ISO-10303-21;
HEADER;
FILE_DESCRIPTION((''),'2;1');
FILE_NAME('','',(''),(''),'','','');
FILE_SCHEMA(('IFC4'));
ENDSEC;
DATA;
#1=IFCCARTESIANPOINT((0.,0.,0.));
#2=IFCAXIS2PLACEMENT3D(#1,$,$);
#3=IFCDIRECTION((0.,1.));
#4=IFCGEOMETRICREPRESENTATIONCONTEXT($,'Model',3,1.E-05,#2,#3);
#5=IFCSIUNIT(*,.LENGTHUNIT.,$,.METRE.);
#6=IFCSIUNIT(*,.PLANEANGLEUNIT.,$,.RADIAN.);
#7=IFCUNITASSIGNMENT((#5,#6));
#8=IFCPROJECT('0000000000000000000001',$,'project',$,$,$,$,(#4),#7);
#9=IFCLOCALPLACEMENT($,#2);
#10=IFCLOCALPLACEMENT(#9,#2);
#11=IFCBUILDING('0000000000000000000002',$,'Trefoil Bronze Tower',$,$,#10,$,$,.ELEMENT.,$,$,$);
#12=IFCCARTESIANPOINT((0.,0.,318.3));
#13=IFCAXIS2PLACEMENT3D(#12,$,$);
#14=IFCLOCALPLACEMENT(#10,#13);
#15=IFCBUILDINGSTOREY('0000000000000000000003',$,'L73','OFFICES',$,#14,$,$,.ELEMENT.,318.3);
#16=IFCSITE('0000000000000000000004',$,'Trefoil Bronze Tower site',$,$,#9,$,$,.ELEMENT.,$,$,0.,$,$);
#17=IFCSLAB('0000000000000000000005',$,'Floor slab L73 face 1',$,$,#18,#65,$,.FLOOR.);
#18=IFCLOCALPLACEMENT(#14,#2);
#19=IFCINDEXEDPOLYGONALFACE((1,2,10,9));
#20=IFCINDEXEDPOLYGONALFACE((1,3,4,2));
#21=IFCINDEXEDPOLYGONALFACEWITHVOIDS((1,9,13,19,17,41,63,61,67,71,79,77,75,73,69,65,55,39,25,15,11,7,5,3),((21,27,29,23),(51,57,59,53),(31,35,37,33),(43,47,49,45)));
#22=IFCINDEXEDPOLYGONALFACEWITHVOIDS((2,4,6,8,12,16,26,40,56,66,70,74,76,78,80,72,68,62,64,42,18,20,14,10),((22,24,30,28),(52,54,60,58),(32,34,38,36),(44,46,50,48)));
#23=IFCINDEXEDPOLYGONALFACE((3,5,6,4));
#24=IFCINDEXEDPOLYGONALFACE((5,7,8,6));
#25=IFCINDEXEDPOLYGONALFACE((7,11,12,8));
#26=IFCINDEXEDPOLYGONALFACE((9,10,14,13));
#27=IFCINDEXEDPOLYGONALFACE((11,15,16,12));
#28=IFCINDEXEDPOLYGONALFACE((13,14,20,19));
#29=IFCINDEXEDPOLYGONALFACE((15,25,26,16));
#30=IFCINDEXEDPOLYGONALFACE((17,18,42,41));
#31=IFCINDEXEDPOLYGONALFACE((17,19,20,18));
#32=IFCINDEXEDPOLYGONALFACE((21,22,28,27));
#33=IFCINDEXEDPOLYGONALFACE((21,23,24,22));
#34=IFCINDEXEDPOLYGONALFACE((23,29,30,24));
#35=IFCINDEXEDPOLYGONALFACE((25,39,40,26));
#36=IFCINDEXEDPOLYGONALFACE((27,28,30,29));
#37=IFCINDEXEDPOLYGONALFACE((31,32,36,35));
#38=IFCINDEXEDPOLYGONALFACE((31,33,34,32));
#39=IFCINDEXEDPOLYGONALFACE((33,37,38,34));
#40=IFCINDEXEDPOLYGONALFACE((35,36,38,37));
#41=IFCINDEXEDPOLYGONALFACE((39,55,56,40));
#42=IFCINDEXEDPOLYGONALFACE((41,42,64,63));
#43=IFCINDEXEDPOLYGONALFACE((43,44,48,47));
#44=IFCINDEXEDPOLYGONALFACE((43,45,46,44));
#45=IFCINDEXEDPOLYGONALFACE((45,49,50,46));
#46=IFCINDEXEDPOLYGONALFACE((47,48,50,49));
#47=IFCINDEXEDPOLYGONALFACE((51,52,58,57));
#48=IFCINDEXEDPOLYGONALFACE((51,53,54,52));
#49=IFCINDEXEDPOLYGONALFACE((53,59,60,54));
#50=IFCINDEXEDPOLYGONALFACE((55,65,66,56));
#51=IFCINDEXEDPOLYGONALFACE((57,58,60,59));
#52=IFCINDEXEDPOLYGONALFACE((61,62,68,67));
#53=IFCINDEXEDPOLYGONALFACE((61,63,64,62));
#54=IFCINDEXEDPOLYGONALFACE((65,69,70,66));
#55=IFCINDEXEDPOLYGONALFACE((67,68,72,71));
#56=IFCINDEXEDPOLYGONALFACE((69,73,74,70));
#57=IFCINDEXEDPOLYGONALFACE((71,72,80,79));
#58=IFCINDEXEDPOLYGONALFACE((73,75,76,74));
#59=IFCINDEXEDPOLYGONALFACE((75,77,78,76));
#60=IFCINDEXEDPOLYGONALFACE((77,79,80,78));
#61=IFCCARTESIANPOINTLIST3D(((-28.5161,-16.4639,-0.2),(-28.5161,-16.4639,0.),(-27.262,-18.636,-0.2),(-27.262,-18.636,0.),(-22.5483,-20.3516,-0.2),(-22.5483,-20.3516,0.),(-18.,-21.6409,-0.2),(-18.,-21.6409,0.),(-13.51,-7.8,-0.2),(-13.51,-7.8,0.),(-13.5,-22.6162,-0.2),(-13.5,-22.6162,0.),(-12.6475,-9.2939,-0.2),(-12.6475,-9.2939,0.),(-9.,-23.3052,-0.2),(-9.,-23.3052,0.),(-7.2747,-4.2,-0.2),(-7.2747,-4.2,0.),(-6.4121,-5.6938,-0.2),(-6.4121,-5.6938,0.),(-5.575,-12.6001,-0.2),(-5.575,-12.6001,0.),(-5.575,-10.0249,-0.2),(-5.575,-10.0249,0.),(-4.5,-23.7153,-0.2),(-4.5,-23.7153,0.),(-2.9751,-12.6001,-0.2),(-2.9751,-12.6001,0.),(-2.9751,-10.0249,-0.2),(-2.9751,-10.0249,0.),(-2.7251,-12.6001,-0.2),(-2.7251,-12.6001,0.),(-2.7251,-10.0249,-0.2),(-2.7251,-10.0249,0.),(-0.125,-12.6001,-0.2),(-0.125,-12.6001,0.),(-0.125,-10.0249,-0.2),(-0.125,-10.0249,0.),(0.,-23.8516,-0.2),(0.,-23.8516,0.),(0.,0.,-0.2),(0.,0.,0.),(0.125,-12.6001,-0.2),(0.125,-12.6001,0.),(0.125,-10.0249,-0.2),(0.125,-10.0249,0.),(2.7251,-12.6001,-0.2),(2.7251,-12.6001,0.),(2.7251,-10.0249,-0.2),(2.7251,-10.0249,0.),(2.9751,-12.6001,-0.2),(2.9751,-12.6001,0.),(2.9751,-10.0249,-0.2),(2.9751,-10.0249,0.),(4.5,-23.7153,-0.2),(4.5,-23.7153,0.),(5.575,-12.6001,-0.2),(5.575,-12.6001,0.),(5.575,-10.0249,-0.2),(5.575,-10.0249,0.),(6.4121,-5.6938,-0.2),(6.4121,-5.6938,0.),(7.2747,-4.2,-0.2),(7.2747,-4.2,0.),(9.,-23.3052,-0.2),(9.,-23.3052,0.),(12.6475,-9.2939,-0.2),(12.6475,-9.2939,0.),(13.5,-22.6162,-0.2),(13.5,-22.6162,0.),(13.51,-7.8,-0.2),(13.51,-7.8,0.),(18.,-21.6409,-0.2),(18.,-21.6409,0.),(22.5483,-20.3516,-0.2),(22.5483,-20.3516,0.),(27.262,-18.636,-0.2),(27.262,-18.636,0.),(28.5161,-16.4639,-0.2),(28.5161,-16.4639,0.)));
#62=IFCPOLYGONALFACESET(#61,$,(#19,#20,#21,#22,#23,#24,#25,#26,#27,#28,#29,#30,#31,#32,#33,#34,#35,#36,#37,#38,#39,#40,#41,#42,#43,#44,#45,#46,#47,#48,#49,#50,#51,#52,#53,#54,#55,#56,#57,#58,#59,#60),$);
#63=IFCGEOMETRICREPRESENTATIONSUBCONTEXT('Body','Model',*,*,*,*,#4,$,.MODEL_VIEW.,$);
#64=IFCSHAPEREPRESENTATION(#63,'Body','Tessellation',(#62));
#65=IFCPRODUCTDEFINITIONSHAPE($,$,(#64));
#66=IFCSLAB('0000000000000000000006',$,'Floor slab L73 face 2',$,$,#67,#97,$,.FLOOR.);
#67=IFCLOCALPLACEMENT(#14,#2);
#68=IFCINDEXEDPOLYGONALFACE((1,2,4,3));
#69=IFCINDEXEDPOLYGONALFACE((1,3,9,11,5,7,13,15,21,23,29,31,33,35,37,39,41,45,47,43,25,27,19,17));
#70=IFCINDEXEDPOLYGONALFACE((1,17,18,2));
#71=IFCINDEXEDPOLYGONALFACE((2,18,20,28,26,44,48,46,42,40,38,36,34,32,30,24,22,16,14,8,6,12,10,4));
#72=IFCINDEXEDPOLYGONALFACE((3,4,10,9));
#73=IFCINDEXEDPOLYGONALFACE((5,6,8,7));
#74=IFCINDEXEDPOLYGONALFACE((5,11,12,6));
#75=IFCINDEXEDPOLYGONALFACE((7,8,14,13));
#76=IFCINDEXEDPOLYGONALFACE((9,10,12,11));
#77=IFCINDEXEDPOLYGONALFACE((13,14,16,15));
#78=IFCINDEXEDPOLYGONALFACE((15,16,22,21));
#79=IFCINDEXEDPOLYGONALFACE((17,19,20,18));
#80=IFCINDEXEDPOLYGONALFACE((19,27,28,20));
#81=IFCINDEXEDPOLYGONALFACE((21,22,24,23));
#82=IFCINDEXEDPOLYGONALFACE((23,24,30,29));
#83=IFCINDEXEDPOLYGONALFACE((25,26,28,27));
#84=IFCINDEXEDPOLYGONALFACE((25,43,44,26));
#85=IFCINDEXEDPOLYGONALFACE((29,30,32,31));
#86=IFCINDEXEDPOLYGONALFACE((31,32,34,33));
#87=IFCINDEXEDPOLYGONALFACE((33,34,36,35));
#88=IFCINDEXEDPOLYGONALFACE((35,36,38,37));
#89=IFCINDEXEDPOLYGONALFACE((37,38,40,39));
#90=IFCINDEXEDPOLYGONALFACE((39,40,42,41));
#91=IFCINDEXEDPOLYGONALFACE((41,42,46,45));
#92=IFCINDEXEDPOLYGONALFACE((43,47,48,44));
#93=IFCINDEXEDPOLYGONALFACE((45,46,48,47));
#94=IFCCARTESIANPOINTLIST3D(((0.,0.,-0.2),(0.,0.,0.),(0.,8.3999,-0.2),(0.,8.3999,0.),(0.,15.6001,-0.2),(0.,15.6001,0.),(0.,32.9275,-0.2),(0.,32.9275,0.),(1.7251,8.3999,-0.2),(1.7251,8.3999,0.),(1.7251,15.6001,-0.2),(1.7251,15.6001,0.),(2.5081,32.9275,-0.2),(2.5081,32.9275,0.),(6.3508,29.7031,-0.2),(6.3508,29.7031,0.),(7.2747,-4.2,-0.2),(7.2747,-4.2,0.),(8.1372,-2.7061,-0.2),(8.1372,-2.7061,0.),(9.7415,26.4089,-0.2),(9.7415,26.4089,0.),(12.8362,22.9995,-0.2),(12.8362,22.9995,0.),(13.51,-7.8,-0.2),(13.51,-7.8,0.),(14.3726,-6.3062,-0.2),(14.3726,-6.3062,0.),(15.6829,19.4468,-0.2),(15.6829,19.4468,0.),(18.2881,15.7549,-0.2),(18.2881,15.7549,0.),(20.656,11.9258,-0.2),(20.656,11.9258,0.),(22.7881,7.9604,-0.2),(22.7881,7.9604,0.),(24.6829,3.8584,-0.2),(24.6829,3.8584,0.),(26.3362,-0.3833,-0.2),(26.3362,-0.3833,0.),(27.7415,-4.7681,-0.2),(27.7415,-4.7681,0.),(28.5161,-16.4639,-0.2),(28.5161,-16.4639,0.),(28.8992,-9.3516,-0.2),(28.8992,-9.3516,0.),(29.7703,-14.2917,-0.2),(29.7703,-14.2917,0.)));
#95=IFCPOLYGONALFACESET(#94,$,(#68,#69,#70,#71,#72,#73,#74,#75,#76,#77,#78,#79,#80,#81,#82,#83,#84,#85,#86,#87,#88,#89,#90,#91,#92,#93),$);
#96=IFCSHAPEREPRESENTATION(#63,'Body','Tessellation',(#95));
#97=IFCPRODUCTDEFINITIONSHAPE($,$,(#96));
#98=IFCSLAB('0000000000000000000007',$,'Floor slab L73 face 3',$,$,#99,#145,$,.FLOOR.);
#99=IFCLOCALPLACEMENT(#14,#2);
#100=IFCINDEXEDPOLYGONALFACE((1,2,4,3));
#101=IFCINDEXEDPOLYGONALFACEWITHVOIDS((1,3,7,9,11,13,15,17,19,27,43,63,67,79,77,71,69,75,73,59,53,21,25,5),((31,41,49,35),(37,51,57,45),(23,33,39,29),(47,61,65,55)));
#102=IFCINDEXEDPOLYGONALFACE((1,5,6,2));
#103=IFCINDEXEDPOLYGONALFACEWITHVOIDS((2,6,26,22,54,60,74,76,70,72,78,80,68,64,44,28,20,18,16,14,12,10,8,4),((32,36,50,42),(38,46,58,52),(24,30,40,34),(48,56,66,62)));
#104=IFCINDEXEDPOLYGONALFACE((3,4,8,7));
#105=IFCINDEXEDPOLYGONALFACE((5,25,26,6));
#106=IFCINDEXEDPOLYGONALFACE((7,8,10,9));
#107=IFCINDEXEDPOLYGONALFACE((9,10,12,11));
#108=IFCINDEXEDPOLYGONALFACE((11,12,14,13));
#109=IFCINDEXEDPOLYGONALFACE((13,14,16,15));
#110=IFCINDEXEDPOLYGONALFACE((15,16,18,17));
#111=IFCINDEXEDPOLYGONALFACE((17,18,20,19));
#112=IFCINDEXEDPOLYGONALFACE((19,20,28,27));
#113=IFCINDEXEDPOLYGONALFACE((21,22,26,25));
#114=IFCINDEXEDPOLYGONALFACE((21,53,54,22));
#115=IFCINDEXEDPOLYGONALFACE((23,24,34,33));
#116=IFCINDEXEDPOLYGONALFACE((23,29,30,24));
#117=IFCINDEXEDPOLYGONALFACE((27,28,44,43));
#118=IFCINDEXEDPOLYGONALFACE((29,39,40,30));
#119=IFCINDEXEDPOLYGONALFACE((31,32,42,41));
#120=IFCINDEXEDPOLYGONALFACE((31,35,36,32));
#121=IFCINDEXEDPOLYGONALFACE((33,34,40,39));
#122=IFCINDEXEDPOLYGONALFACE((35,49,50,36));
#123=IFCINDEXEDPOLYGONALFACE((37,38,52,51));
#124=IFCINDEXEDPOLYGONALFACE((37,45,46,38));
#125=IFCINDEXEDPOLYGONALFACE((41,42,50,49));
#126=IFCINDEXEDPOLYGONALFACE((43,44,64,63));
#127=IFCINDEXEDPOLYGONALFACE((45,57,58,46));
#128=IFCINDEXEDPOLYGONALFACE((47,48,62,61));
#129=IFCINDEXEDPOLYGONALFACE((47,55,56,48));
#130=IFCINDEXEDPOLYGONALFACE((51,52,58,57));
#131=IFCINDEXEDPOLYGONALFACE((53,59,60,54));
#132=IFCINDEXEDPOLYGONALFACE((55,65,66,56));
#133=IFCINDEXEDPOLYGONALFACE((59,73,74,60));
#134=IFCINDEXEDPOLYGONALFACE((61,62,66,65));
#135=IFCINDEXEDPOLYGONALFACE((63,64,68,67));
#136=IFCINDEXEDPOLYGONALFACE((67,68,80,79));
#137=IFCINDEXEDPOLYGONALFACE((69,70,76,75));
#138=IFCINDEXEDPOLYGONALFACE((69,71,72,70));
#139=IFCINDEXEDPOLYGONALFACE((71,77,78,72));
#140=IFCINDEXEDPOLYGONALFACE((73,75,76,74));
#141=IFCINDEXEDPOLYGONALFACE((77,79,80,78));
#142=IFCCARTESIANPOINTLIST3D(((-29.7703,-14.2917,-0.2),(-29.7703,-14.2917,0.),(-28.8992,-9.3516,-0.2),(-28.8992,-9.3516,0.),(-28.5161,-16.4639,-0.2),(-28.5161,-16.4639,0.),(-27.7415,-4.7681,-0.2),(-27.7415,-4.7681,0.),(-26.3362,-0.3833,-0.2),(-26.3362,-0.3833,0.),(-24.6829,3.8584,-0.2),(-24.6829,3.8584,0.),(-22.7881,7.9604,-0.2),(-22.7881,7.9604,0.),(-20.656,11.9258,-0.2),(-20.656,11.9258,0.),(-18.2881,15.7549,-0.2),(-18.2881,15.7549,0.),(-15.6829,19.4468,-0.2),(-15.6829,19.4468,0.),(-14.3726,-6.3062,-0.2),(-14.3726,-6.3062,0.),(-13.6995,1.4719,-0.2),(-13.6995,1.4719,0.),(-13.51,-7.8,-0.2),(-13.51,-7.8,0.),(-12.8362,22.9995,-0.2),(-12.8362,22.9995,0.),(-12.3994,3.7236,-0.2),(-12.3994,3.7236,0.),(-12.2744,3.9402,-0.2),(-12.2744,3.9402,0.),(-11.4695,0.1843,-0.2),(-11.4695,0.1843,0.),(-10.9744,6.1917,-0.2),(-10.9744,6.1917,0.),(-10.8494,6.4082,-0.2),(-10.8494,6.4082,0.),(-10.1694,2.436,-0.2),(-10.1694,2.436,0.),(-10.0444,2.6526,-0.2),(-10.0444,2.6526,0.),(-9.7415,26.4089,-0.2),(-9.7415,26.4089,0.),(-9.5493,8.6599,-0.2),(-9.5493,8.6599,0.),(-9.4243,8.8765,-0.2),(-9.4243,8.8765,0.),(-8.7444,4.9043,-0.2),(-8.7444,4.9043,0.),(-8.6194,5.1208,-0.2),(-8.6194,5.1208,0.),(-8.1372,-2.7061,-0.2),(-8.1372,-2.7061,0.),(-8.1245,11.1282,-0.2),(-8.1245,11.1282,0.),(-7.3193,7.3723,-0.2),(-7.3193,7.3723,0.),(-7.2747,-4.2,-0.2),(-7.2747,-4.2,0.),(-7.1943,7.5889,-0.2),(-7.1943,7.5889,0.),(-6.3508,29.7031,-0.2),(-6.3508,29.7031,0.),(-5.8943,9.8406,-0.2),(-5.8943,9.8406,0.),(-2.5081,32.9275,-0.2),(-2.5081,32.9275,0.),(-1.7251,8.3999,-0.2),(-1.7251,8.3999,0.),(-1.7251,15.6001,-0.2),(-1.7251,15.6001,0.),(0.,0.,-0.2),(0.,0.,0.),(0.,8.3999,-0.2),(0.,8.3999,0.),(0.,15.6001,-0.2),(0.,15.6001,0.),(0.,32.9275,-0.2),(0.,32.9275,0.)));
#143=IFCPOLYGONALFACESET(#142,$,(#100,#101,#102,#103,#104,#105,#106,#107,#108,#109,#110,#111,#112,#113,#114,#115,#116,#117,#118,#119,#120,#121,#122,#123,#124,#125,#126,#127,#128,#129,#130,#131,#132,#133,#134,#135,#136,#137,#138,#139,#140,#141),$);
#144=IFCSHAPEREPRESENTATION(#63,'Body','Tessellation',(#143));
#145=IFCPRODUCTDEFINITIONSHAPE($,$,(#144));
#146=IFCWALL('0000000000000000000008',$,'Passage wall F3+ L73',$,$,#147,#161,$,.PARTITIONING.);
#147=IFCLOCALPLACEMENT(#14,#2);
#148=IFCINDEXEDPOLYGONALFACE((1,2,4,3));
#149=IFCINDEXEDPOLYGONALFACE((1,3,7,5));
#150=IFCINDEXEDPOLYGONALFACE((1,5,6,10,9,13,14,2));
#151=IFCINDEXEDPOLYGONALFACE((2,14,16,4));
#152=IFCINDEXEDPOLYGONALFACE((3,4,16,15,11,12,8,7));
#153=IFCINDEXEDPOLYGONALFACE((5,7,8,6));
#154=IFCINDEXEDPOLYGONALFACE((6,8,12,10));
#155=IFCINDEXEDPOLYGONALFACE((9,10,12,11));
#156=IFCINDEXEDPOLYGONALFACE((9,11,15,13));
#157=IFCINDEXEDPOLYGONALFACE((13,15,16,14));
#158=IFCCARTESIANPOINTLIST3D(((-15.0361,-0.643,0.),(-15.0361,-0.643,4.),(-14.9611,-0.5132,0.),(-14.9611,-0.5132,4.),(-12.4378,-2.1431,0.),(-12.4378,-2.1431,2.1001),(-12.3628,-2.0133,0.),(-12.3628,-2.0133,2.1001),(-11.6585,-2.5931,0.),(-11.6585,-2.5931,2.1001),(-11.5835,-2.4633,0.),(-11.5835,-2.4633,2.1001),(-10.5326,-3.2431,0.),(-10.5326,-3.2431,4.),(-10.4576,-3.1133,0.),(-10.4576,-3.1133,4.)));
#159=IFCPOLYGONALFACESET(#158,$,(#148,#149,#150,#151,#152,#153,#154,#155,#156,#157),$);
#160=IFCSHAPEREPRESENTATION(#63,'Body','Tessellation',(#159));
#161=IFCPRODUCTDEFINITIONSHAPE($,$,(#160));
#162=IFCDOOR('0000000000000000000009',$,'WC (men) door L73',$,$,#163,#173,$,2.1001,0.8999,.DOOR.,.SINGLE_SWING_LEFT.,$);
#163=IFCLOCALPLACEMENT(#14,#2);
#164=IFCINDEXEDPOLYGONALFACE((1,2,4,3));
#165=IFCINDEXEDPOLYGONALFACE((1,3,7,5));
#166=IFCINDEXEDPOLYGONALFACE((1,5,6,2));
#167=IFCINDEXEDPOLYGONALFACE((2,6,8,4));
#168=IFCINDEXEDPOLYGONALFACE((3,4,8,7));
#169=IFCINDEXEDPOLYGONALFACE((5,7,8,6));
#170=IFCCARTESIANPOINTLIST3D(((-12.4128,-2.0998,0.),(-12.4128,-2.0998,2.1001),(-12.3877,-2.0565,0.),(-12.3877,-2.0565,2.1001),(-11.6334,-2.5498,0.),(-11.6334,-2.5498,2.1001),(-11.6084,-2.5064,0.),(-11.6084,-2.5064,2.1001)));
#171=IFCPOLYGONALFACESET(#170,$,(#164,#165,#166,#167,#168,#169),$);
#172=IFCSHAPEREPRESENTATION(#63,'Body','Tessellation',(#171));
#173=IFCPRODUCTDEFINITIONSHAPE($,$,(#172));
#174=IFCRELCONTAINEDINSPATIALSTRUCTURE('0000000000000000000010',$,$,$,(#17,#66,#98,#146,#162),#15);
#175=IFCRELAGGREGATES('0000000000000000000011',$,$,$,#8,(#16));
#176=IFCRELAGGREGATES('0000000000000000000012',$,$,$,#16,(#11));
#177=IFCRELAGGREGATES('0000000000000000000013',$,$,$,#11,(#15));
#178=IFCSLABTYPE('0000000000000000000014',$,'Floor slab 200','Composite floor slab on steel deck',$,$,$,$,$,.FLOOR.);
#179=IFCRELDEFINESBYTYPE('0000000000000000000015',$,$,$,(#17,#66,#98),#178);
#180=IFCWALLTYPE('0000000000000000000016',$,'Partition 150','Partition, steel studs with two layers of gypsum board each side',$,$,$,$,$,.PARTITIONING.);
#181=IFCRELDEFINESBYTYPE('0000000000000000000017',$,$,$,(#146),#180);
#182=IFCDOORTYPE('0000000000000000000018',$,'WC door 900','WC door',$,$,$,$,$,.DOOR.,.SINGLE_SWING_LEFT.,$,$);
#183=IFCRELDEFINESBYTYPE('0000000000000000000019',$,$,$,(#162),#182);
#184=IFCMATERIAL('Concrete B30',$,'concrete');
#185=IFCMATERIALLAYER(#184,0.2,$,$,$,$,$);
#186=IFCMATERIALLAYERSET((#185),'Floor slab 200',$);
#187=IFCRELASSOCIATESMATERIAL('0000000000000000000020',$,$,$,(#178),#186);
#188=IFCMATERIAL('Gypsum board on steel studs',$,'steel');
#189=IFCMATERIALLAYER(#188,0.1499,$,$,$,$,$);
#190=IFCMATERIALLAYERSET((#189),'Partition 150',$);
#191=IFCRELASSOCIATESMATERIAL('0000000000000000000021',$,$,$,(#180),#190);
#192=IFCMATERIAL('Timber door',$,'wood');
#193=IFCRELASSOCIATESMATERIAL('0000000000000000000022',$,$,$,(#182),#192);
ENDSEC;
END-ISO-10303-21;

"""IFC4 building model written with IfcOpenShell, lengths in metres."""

from ifc_helpers import new_model, si_unit, direction, frame, frame_2d, origin, place, context, subcontext, project, spatial, polyline, rectangle, outline, extrude, material, layer, layer_set, type_object, element, fill, save


model = new_model("IFC4")

# Units and contexts
model_context = context("Model", 3, precision=1e-05, world=origin(), true_north=direction((0.0, 1.0)))
body_context = subcontext(model_context, "Body", "Model", "MODEL_VIEW")
ifc_project = project(units=[si_unit("LENGTHUNIT", "METRE"), si_unit("PLANEANGLEUNIT", "RADIAN")], contexts=[model_context])

# Site, building, storey
site_placement = place(None, origin())
site = spatial("IfcSite", under=ifc_project, at=site_placement, Name="Trefoil Bronze Tower site", CompositionType="ELEMENT", RefElevation=0.0)
building_placement = place(site_placement, origin())
building = spatial("IfcBuilding", under=site, at=building_placement, Name="Trefoil Bronze Tower", CompositionType="ELEMENT")
storey_placement = place(building_placement, frame((0.0, 0.0, 318.3)))
storey = spatial("IfcBuildingStorey", under=building, at=storey_placement, Name="L73", Description="OFFICES", CompositionType="ELEMENT", Elevation=318.3)

# Slabs
ifc_material_1 = material(Name="Concrete B30", Category="concrete")
ifc_layer_1 = layer(ifc_material_1, 0.2)
ifc_layer_set_1 = layer_set([ifc_layer_1], Name="Floor slab 200")
slab_type = type_object("IfcSlabType", Name="Floor slab 200", Description="Composite floor slab on steel deck", PredefinedType="FLOOR", material=ifc_layer_set_1)
slab_1_placement = place(storey_placement, frame((0.0, 0.0, -0.2)))
element("IfcSlab", 1, at=slab_1_placement, inside=storey, type_object=slab_type, Name="Floor slab L73 face 1", PredefinedType="FLOOR", context=body_context, shape_type="SweptSolid", body=[
    extrude(outline(polyline([(13.5, -22.6162), (9.0, -23.3052), (4.5, -23.7153), (0.0, -23.8516), (-4.5, -23.7153), (-9.0, -23.3052), (-13.5, -22.6162), (-18.0, -21.6409), (-22.5483, -20.3516), (-27.262, -18.636), (-28.5161, -16.4639), (-13.51, -7.8), (-12.6475, -9.2939), (-6.4121, -5.6938), (-7.2747, -4.2), (0.0, 0.0), (7.2747, -4.2), (6.4121, -5.6938), (12.6475, -9.2939), (13.51, -7.8), (28.5161, -16.4639), (27.262, -18.636), (22.5483, -20.3516), (18.0, -21.6409), (13.5, -22.6162)]), holes=[polyline([(-5.575, -10.0249), (-2.9751, -10.0249), (-2.9751, -12.6001), (-5.575, -12.6001), (-5.575, -10.0249)]), polyline([(-2.7251, -10.0249), (-0.125, -10.0249), (-0.125, -12.6001), (-2.7251, -12.6001), (-2.7251, -10.0249)]), polyline([(0.125, -10.0249), (2.7251, -10.0249), (2.7251, -12.6001), (0.125, -12.6001), (0.125, -10.0249)]), polyline([(2.9751, -10.0249), (5.575, -10.0249), (5.575, -12.6001), (2.9751, -12.6001), (2.9751, -10.0249)])]), origin(), (0.0, 0.0, 1.0), 0.2),
])
slab_2_placement = place(storey_placement, frame((0.0, 0.0, -0.2)))
element("IfcSlab", 2, at=slab_2_placement, inside=storey, type_object=slab_type, Name="Floor slab L73 face 2", PredefinedType="FLOOR", context=body_context, shape_type="SweptSolid", body=[
    extrude(outline(polyline([(12.8362, 22.9995), (15.6829, 19.4468), (18.2881, 15.7549), (20.656, 11.9258), (22.7881, 7.9604), (24.6829, 3.8584), (26.3362, -0.3833), (27.7415, -4.7681), (28.8992, -9.3516), (29.7703, -14.2917), (28.5161, -16.4639), (13.51, -7.8), (14.3726, -6.3062), (8.1372, -2.7061), (7.2747, -4.2), (0.0, 0.0), (0.0, 8.3999), (1.7251, 8.3999), (1.7251, 15.6001), (0.0, 15.6001), (0.0, 32.9275), (2.5081, 32.9275), (6.3508, 29.7031), (9.7415, 26.4089), (12.8362, 22.9995)])), origin(), (0.0, 0.0, 1.0), 0.2),
])
slab_3_placement = place(storey_placement, frame((0.0, 0.0, -0.2)))
element("IfcSlab", 3, at=slab_3_placement, inside=storey, type_object=slab_type, Name="Floor slab L73 face 3", PredefinedType="FLOOR", context=body_context, shape_type="SweptSolid", body=[
    extrude(outline(polyline([(-26.3362, -0.3833), (-24.6829, 3.8584), (-22.7881, 7.9604), (-20.656, 11.9258), (-18.2881, 15.7549), (-15.6829, 19.4468), (-12.8362, 22.9995), (-9.7415, 26.4089), (-6.3508, 29.7031), (-2.5081, 32.9275), (0.0, 32.9275), (0.0, 15.6001), (-1.7251, 15.6001), (-1.7251, 8.3999), (0.0, 8.3999), (0.0, 0.0), (-7.2747, -4.2), (-8.1372, -2.7061), (-14.3726, -6.3062), (-13.51, -7.8), (-28.5161, -16.4639), (-29.7703, -14.2917), (-28.8992, -9.3516), (-27.7415, -4.7681), (-26.3362, -0.3833)]), holes=[polyline([(-5.8943, 9.8406), (-7.1943, 7.5889), (-9.4243, 8.8765), (-8.1245, 11.1282), (-5.8943, 9.8406)]), polyline([(-7.3193, 7.3723), (-8.6194, 5.1208), (-10.8494, 6.4082), (-9.5493, 8.6599), (-7.3193, 7.3723)]), polyline([(-8.7444, 4.9043), (-10.0444, 2.6526), (-12.2744, 3.9402), (-10.9744, 6.1917), (-8.7444, 4.9043)]), polyline([(-10.1694, 2.436), (-11.4695, 0.1843), (-13.6995, 1.4719), (-12.3994, 3.7236), (-10.1694, 2.436)])]), origin(), (0.0, 0.0, 1.0), 0.2),
])

# Wall, opening, door
ifc_material_2 = material(Name="Gypsum board on steel studs", Category="steel")
ifc_layer_2 = layer(ifc_material_2, 0.1499)
ifc_layer_set_2 = layer_set([ifc_layer_2], Name="Partition 150")
wall_type_1 = type_object("IfcWallType", Name="Partition 150", Description="Partition, steel studs with two layers of gypsum board each side", PredefinedType="PARTITIONING", material=ifc_layer_set_2)
wall_1_placement = place(storey_placement, frame((-10.4951, -3.1782, 0.0), z_axis=(0.0, 0.0, 1.0), x_axis=(-0.866021, 0.500007, 0.0)))
wall_1 = element("IfcWall", 4, at=wall_1_placement, inside=storey, type_object=wall_type_1, Name="Passage wall F3+ L73", PredefinedType="PARTITIONING", context=body_context, shape_type="SweptSolid", body=[
    extrude(rectangle(XDim=5.2002, YDim=0.1499, at=frame_2d((2.6001, 0.0))), origin(), (0.0, 0.0, 1.0), 4.0),
])
opening_1_placement = place(wall_1_placement, frame((1.3, 0.0, 0.0)))
opening_1 = element("IfcOpeningElement", 5, at=opening_1_placement, cuts=wall_1, PredefinedType="OPENING", context=body_context, shape_type="SweptSolid", body=[
    extrude(rectangle(XDim=0.8999, YDim=2.1001, at=frame_2d((0.45, 1.05))), frame((0.0, 0.085, 0.0), z_axis=(0.0, -1.0, 0.0), x_axis=(1.0, 0.0, 0.0)), (0.0, 0.0, 1.0), 0.1699),
])
ifc_material_3 = material(Name="Timber door", Category="wood")
door_type_1 = type_object("IfcDoorType", Name="WC door 900", Description="WC door", OperationType="SINGLE_SWING_LEFT", PredefinedType="DOOR", material=ifc_material_3)
door_1_placement = place(opening_1_placement, origin())
door_1 = element("IfcDoor", 6, at=door_1_placement, inside=storey, type_object=door_type_1, Name="WC (men) door L73", OperationType="SINGLE_SWING_LEFT", OverallHeight=2.1001, OverallWidth=0.8999, PredefinedType="DOOR", context=body_context, shape_type="SweptSolid", body=[
    extrude(rectangle(XDim=0.8999, YDim=2.1001, at=frame_2d((0.45, 1.05))), frame((0.0, 0.0249, 0.0), z_axis=(0.0, -1.0, 0.0), x_axis=(1.0, 0.0, 0.0)), (0.0, 0.0, 1.0), 0.05),
])
fill(opening_1, door_1)

save(model, "model.ifc")
